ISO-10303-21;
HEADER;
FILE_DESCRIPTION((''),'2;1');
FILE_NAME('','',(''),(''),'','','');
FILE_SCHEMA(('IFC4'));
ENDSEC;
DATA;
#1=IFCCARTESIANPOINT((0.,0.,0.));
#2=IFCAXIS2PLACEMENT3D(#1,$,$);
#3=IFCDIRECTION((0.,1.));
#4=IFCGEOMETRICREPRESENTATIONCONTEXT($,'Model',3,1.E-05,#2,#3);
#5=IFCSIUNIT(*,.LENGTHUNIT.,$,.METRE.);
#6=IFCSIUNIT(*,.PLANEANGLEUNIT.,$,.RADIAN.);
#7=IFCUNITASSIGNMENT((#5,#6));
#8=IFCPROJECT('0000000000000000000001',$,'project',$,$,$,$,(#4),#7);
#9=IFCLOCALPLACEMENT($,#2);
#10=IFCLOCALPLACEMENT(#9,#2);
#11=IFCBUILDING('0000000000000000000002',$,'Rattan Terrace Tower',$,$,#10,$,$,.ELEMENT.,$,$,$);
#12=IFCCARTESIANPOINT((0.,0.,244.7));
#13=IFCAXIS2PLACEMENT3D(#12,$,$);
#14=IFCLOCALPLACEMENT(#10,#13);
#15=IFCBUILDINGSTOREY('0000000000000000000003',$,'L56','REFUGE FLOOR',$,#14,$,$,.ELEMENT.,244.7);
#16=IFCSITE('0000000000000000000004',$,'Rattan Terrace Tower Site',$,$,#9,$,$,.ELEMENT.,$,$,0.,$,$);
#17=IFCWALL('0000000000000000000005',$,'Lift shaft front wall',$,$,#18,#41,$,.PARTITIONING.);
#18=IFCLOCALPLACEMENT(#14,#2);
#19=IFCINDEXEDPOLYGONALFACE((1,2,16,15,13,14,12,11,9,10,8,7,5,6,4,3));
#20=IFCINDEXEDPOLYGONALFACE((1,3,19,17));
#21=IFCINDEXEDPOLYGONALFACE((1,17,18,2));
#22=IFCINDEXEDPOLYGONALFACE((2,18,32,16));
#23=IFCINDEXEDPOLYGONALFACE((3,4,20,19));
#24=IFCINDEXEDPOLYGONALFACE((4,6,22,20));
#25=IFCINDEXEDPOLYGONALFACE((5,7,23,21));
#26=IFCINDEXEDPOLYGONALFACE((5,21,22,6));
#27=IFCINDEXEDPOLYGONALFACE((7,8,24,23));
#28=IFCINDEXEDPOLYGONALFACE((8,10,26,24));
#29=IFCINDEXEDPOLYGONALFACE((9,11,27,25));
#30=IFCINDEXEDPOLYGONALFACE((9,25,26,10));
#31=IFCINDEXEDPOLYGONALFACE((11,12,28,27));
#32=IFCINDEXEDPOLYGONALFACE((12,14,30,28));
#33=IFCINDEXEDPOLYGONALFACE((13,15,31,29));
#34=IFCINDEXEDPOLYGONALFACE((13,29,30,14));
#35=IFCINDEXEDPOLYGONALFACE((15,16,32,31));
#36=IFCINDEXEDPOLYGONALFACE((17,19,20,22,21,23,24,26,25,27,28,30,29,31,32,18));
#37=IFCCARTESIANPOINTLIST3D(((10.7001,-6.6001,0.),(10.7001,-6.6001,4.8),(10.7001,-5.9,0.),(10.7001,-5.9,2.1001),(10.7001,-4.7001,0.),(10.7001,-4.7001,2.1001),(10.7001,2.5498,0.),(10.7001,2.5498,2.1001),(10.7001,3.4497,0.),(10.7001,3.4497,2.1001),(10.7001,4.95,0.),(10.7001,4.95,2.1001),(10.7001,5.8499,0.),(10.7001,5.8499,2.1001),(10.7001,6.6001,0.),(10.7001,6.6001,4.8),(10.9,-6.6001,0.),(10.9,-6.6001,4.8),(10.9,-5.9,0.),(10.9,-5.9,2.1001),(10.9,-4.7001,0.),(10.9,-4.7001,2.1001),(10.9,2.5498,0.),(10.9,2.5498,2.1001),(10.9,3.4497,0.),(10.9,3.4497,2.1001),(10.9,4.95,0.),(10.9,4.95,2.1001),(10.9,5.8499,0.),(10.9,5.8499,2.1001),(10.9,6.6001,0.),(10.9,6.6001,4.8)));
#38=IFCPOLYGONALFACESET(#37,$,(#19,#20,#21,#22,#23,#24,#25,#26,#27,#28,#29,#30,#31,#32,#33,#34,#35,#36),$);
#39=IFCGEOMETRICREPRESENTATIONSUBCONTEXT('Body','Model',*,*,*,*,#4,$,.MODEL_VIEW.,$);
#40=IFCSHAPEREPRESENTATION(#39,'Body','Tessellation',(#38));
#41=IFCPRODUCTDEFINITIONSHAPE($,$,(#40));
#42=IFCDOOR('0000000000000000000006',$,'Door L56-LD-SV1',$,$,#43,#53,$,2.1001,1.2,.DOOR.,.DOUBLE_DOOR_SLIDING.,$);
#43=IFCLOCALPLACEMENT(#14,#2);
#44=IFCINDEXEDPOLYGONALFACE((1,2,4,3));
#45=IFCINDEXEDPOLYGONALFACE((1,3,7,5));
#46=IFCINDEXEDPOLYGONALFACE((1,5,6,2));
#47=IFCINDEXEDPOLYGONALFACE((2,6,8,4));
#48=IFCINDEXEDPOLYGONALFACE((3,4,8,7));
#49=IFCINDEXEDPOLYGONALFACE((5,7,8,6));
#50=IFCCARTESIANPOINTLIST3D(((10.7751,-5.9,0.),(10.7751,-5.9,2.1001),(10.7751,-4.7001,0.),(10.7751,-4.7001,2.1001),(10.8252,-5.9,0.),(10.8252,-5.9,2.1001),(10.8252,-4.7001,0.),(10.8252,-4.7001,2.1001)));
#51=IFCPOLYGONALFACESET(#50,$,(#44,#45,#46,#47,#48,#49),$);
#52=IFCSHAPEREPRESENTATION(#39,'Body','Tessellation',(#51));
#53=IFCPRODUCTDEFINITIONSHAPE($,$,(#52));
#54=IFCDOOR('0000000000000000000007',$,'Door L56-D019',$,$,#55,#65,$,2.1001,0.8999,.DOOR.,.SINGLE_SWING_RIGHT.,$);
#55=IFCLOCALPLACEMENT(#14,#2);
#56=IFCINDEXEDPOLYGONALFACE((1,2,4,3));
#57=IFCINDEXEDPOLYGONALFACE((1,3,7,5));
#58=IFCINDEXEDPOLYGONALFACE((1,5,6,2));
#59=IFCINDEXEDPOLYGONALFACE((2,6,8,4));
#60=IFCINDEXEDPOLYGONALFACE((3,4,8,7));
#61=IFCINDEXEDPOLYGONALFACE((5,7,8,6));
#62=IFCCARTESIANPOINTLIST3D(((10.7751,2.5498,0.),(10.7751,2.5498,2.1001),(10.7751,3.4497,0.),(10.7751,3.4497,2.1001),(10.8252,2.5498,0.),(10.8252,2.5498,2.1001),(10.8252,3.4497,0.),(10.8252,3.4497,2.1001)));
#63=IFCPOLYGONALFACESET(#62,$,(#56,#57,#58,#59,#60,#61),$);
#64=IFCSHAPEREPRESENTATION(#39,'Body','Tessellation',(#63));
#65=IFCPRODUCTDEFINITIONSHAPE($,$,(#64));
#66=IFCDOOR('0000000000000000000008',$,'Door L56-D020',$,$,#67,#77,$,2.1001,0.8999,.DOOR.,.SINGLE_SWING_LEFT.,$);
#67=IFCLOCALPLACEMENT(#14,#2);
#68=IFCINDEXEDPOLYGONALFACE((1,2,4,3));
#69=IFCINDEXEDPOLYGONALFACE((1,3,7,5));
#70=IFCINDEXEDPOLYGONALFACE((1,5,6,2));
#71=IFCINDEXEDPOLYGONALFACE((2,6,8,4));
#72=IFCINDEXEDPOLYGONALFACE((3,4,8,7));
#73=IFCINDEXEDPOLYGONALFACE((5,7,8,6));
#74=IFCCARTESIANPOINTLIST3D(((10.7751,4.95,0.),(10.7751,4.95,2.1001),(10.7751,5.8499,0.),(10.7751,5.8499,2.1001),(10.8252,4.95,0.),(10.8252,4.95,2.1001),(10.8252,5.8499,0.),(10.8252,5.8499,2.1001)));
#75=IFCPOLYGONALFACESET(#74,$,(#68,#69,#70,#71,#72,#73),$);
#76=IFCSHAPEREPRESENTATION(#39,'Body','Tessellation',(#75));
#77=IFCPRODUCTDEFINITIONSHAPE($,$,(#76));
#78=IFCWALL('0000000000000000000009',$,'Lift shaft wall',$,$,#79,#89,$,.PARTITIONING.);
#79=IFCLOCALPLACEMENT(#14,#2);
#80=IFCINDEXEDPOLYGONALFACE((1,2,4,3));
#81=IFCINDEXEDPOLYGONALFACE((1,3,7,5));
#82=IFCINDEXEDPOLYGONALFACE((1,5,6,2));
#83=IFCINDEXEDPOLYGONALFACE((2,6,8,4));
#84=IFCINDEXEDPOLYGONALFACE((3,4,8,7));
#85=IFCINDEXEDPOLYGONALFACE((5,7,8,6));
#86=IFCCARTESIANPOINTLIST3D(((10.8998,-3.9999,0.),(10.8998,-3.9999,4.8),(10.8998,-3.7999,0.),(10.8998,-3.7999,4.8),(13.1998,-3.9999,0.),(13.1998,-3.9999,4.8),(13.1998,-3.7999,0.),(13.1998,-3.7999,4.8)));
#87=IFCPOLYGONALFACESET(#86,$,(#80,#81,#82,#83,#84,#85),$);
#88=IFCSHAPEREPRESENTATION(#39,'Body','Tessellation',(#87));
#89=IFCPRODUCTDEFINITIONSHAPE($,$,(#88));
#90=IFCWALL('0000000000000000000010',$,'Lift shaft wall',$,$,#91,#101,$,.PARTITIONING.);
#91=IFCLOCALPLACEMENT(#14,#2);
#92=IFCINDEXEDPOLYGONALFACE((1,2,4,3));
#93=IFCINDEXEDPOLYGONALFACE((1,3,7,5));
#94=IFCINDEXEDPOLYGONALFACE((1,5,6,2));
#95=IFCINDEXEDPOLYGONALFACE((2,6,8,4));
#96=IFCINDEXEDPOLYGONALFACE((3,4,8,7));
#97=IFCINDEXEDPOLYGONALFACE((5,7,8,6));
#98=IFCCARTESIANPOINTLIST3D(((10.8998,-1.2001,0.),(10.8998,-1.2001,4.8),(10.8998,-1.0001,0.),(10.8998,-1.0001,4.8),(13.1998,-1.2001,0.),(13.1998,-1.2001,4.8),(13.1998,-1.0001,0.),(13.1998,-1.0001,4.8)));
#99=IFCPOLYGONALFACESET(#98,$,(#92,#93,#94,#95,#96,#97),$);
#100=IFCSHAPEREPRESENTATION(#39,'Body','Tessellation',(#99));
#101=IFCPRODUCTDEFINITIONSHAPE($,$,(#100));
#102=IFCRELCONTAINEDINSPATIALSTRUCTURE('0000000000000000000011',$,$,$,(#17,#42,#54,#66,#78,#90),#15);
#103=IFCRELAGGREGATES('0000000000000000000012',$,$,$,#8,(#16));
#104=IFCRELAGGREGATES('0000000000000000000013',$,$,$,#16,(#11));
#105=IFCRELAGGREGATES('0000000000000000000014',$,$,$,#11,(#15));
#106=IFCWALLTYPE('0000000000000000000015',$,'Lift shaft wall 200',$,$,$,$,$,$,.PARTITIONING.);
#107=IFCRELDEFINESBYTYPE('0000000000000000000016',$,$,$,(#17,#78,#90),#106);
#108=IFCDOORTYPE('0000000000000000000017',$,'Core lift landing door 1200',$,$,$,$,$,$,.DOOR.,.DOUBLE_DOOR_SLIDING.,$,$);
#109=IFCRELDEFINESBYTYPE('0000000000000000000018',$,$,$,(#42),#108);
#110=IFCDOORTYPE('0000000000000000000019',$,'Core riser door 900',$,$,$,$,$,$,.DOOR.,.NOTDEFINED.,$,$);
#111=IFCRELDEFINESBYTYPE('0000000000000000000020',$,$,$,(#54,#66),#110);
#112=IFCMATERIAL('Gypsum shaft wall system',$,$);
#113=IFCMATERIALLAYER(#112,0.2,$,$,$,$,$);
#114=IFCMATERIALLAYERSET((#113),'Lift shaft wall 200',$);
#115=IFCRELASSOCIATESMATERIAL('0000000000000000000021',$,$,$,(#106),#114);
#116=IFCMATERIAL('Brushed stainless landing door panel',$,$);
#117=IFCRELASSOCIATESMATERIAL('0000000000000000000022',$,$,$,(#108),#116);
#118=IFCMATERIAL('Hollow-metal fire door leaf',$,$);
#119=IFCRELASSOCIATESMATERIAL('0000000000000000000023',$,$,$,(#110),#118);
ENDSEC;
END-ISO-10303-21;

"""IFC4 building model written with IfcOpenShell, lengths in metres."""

from ifc_helpers import new_model, si_unit, direction, frame, frame_2d, origin, place, context, subcontext, project, spatial, rectangle, extrude, material, layer, layer_set, type_object, element, fill, save


model = new_model("IFC4")

# Units and contexts
model_context = context("Model", 3, precision=1e-05, world=origin(), true_north=direction((0.0, 1.0)))
body_context = subcontext(model_context, "Body", "Model", "MODEL_VIEW")
ifc_project = project(units=[si_unit("LENGTHUNIT", "METRE"), si_unit("PLANEANGLEUNIT", "RADIAN")], contexts=[model_context])

# Site, building, storey
site_placement = place(None, origin())
site = spatial("IfcSite", under=ifc_project, at=site_placement, Name="Rattan Terrace Tower Site", CompositionType="ELEMENT", RefElevation=0.0)
building_placement = place(site_placement, origin())
building = spatial("IfcBuilding", under=site, at=building_placement, Name="Rattan Terrace Tower", CompositionType="ELEMENT")
storey_placement = place(building_placement, frame((0.0, 0.0, 244.7)))
storey = spatial("IfcBuildingStorey", under=building, at=storey_placement, Name="L56", Description="REFUGE FLOOR", CompositionType="ELEMENT", Elevation=244.7)

# Shared definitions
ifc_material_1 = material(Name="Gypsum shaft wall system")
ifc_layer_1 = layer(ifc_material_1, 0.2)
ifc_layer_set_1 = layer_set([ifc_layer_1], Name="Lift shaft wall 200")
wall_type_1 = type_object("IfcWallType", Name="Lift shaft wall 200", PredefinedType="PARTITIONING", material=ifc_layer_set_1)

# Wall, openings, doors
wall_1_placement = place(storey_placement, frame((10.8, -6.6001, 0.0), z_axis=(0.0, 0.0, 1.0), x_axis=(0.0, 1.0, 0.0)))
wall_1 = element("IfcWall", 1, at=wall_1_placement, inside=storey, type_object=wall_type_1, Name="Lift shaft front wall", PredefinedType="PARTITIONING", context=body_context, shape_type="SweptSolid", body=[
    extrude(rectangle(XDim=13.2002, YDim=0.2, at=frame_2d((6.6001, 0.0))), origin(), (0.0, 0.0, 1.0), 4.8),
])
opening_1_placement = place(wall_1_placement, frame((0.7, 0.0, 0.0)))
opening_1 = element("IfcOpeningElement", 2, at=opening_1_placement, cuts=wall_1, PredefinedType="OPENING", context=body_context, shape_type="SweptSolid", body=[
    extrude(rectangle(XDim=1.2, YDim=2.1001, at=frame_2d((0.6001, 1.05))), frame((0.0, 0.1106, 0.0), z_axis=(0.0, -1.0, 0.0), x_axis=(1.0, 0.0, 0.0)), (0.0, 0.0, 1.0), 0.2209),
])
opening_2_placement = place(wall_1_placement, frame((9.1499, 0.0, 0.0)))
opening_2 = element("IfcOpeningElement", 3, at=opening_2_placement, cuts=wall_1, PredefinedType="OPENING", context=body_context, shape_type="SweptSolid", body=[
    extrude(rectangle(XDim=0.8999, YDim=2.1001, at=frame_2d((0.45, 1.05))), frame((0.0, 0.1106, 0.0), z_axis=(0.0, -1.0, 0.0), x_axis=(1.0, 0.0, 0.0)), (0.0, 0.0, 1.0), 0.2209),
])
opening_3_placement = place(wall_1_placement, frame((11.55, 0.0, 0.0)))
opening_3 = element("IfcOpeningElement", 4, at=opening_3_placement, cuts=wall_1, PredefinedType="OPENING", context=body_context, shape_type="SweptSolid", body=[
    extrude(rectangle(XDim=0.8999, YDim=2.1001, at=frame_2d((0.45, 1.05))), frame((0.0, 0.1106, 0.0), z_axis=(0.0, -1.0, 0.0), x_axis=(1.0, 0.0, 0.0)), (0.0, 0.0, 1.0), 0.2209),
])
ifc_material_2 = material(Name="Brushed stainless landing door panel")
door_type_1 = type_object("IfcDoorType", Name="Core lift landing door 1200", OperationType="DOUBLE_DOOR_SLIDING", PredefinedType="DOOR", material=ifc_material_2)
door_1_placement = place(opening_1_placement, origin())
door_1 = element("IfcDoor", 5, at=door_1_placement, inside=storey, type_object=door_type_1, Name="Door L56-LD-SV1", OperationType="DOUBLE_DOOR_SLIDING", OverallHeight=2.1001, OverallWidth=1.2, PredefinedType="DOOR", context=body_context, shape_type="SweptSolid", body=[
    extrude(rectangle(XDim=1.2, YDim=2.1001, at=frame_2d((0.6001, 1.05))), frame((0.0, 0.0249, 0.0), z_axis=(0.0, -1.0, 0.0), x_axis=(1.0, 0.0, 0.0)), (0.0, 0.0, 1.0), 0.05),
])
fill(opening_1, door_1)
ifc_material_3 = material(Name="Hollow-metal fire door leaf")
door_type_2 = type_object("IfcDoorType", Name="Core riser door 900", OperationType="NOTDEFINED", PredefinedType="DOOR", material=ifc_material_3)
door_2_placement = place(opening_2_placement, origin())
door_2 = element("IfcDoor", 6, at=door_2_placement, inside=storey, type_object=door_type_2, Name="Door L56-D019", OperationType="SINGLE_SWING_RIGHT", OverallHeight=2.1001, OverallWidth=0.8999, PredefinedType="DOOR", context=body_context, shape_type="SweptSolid", body=[
    extrude(rectangle(XDim=0.8999, YDim=2.1001, at=frame_2d((0.45, 1.05))), frame((0.0, 0.0249, 0.0), z_axis=(0.0, -1.0, 0.0), x_axis=(1.0, 0.0, 0.0)), (0.0, 0.0, 1.0), 0.05),
])
fill(opening_2, door_2)
door_3_placement = place(opening_3_placement, origin())
door_3 = element("IfcDoor", 7, at=door_3_placement, inside=storey, type_object=door_type_2, Name="Door L56-D020", OperationType="SINGLE_SWING_LEFT", OverallHeight=2.1001, OverallWidth=0.8999, PredefinedType="DOOR", context=body_context, shape_type="SweptSolid", body=[
    extrude(rectangle(XDim=0.8999, YDim=2.1001, at=frame_2d((0.45, 1.05))), frame((0.0, 0.0249, 0.0), z_axis=(0.0, -1.0, 0.0), x_axis=(1.0, 0.0, 0.0)), (0.0, 0.0, 1.0), 0.05),
])
fill(opening_3, door_3)

# Walls
for number, where, z_axis, x_axis, name in (
    (8, (10.8999, -3.8999, 0.0), (0.0, 0.0, 1.0), (1.0, 0.0, 0.0), "Lift shaft wall"),
    (9, (10.8999, -1.1001, 0.0), (0.0, 0.0, 1.0), (1.0, 0.0, 0.0), "Lift shaft wall"),
):
    element("IfcWall", number, at=place(storey_placement, frame(where, z_axis=z_axis, x_axis=x_axis)), inside=storey, type_object=wall_type_1, Name=name, PredefinedType="PARTITIONING", context=body_context, shape_type="SweptSolid", body=[
        extrude(rectangle(XDim=2.3, YDim=0.2, at=frame_2d((1.1499, 0.0))), origin(), (0.0, 0.0, 1.0), 4.8),
    ])

save(model, "model.ifc")
